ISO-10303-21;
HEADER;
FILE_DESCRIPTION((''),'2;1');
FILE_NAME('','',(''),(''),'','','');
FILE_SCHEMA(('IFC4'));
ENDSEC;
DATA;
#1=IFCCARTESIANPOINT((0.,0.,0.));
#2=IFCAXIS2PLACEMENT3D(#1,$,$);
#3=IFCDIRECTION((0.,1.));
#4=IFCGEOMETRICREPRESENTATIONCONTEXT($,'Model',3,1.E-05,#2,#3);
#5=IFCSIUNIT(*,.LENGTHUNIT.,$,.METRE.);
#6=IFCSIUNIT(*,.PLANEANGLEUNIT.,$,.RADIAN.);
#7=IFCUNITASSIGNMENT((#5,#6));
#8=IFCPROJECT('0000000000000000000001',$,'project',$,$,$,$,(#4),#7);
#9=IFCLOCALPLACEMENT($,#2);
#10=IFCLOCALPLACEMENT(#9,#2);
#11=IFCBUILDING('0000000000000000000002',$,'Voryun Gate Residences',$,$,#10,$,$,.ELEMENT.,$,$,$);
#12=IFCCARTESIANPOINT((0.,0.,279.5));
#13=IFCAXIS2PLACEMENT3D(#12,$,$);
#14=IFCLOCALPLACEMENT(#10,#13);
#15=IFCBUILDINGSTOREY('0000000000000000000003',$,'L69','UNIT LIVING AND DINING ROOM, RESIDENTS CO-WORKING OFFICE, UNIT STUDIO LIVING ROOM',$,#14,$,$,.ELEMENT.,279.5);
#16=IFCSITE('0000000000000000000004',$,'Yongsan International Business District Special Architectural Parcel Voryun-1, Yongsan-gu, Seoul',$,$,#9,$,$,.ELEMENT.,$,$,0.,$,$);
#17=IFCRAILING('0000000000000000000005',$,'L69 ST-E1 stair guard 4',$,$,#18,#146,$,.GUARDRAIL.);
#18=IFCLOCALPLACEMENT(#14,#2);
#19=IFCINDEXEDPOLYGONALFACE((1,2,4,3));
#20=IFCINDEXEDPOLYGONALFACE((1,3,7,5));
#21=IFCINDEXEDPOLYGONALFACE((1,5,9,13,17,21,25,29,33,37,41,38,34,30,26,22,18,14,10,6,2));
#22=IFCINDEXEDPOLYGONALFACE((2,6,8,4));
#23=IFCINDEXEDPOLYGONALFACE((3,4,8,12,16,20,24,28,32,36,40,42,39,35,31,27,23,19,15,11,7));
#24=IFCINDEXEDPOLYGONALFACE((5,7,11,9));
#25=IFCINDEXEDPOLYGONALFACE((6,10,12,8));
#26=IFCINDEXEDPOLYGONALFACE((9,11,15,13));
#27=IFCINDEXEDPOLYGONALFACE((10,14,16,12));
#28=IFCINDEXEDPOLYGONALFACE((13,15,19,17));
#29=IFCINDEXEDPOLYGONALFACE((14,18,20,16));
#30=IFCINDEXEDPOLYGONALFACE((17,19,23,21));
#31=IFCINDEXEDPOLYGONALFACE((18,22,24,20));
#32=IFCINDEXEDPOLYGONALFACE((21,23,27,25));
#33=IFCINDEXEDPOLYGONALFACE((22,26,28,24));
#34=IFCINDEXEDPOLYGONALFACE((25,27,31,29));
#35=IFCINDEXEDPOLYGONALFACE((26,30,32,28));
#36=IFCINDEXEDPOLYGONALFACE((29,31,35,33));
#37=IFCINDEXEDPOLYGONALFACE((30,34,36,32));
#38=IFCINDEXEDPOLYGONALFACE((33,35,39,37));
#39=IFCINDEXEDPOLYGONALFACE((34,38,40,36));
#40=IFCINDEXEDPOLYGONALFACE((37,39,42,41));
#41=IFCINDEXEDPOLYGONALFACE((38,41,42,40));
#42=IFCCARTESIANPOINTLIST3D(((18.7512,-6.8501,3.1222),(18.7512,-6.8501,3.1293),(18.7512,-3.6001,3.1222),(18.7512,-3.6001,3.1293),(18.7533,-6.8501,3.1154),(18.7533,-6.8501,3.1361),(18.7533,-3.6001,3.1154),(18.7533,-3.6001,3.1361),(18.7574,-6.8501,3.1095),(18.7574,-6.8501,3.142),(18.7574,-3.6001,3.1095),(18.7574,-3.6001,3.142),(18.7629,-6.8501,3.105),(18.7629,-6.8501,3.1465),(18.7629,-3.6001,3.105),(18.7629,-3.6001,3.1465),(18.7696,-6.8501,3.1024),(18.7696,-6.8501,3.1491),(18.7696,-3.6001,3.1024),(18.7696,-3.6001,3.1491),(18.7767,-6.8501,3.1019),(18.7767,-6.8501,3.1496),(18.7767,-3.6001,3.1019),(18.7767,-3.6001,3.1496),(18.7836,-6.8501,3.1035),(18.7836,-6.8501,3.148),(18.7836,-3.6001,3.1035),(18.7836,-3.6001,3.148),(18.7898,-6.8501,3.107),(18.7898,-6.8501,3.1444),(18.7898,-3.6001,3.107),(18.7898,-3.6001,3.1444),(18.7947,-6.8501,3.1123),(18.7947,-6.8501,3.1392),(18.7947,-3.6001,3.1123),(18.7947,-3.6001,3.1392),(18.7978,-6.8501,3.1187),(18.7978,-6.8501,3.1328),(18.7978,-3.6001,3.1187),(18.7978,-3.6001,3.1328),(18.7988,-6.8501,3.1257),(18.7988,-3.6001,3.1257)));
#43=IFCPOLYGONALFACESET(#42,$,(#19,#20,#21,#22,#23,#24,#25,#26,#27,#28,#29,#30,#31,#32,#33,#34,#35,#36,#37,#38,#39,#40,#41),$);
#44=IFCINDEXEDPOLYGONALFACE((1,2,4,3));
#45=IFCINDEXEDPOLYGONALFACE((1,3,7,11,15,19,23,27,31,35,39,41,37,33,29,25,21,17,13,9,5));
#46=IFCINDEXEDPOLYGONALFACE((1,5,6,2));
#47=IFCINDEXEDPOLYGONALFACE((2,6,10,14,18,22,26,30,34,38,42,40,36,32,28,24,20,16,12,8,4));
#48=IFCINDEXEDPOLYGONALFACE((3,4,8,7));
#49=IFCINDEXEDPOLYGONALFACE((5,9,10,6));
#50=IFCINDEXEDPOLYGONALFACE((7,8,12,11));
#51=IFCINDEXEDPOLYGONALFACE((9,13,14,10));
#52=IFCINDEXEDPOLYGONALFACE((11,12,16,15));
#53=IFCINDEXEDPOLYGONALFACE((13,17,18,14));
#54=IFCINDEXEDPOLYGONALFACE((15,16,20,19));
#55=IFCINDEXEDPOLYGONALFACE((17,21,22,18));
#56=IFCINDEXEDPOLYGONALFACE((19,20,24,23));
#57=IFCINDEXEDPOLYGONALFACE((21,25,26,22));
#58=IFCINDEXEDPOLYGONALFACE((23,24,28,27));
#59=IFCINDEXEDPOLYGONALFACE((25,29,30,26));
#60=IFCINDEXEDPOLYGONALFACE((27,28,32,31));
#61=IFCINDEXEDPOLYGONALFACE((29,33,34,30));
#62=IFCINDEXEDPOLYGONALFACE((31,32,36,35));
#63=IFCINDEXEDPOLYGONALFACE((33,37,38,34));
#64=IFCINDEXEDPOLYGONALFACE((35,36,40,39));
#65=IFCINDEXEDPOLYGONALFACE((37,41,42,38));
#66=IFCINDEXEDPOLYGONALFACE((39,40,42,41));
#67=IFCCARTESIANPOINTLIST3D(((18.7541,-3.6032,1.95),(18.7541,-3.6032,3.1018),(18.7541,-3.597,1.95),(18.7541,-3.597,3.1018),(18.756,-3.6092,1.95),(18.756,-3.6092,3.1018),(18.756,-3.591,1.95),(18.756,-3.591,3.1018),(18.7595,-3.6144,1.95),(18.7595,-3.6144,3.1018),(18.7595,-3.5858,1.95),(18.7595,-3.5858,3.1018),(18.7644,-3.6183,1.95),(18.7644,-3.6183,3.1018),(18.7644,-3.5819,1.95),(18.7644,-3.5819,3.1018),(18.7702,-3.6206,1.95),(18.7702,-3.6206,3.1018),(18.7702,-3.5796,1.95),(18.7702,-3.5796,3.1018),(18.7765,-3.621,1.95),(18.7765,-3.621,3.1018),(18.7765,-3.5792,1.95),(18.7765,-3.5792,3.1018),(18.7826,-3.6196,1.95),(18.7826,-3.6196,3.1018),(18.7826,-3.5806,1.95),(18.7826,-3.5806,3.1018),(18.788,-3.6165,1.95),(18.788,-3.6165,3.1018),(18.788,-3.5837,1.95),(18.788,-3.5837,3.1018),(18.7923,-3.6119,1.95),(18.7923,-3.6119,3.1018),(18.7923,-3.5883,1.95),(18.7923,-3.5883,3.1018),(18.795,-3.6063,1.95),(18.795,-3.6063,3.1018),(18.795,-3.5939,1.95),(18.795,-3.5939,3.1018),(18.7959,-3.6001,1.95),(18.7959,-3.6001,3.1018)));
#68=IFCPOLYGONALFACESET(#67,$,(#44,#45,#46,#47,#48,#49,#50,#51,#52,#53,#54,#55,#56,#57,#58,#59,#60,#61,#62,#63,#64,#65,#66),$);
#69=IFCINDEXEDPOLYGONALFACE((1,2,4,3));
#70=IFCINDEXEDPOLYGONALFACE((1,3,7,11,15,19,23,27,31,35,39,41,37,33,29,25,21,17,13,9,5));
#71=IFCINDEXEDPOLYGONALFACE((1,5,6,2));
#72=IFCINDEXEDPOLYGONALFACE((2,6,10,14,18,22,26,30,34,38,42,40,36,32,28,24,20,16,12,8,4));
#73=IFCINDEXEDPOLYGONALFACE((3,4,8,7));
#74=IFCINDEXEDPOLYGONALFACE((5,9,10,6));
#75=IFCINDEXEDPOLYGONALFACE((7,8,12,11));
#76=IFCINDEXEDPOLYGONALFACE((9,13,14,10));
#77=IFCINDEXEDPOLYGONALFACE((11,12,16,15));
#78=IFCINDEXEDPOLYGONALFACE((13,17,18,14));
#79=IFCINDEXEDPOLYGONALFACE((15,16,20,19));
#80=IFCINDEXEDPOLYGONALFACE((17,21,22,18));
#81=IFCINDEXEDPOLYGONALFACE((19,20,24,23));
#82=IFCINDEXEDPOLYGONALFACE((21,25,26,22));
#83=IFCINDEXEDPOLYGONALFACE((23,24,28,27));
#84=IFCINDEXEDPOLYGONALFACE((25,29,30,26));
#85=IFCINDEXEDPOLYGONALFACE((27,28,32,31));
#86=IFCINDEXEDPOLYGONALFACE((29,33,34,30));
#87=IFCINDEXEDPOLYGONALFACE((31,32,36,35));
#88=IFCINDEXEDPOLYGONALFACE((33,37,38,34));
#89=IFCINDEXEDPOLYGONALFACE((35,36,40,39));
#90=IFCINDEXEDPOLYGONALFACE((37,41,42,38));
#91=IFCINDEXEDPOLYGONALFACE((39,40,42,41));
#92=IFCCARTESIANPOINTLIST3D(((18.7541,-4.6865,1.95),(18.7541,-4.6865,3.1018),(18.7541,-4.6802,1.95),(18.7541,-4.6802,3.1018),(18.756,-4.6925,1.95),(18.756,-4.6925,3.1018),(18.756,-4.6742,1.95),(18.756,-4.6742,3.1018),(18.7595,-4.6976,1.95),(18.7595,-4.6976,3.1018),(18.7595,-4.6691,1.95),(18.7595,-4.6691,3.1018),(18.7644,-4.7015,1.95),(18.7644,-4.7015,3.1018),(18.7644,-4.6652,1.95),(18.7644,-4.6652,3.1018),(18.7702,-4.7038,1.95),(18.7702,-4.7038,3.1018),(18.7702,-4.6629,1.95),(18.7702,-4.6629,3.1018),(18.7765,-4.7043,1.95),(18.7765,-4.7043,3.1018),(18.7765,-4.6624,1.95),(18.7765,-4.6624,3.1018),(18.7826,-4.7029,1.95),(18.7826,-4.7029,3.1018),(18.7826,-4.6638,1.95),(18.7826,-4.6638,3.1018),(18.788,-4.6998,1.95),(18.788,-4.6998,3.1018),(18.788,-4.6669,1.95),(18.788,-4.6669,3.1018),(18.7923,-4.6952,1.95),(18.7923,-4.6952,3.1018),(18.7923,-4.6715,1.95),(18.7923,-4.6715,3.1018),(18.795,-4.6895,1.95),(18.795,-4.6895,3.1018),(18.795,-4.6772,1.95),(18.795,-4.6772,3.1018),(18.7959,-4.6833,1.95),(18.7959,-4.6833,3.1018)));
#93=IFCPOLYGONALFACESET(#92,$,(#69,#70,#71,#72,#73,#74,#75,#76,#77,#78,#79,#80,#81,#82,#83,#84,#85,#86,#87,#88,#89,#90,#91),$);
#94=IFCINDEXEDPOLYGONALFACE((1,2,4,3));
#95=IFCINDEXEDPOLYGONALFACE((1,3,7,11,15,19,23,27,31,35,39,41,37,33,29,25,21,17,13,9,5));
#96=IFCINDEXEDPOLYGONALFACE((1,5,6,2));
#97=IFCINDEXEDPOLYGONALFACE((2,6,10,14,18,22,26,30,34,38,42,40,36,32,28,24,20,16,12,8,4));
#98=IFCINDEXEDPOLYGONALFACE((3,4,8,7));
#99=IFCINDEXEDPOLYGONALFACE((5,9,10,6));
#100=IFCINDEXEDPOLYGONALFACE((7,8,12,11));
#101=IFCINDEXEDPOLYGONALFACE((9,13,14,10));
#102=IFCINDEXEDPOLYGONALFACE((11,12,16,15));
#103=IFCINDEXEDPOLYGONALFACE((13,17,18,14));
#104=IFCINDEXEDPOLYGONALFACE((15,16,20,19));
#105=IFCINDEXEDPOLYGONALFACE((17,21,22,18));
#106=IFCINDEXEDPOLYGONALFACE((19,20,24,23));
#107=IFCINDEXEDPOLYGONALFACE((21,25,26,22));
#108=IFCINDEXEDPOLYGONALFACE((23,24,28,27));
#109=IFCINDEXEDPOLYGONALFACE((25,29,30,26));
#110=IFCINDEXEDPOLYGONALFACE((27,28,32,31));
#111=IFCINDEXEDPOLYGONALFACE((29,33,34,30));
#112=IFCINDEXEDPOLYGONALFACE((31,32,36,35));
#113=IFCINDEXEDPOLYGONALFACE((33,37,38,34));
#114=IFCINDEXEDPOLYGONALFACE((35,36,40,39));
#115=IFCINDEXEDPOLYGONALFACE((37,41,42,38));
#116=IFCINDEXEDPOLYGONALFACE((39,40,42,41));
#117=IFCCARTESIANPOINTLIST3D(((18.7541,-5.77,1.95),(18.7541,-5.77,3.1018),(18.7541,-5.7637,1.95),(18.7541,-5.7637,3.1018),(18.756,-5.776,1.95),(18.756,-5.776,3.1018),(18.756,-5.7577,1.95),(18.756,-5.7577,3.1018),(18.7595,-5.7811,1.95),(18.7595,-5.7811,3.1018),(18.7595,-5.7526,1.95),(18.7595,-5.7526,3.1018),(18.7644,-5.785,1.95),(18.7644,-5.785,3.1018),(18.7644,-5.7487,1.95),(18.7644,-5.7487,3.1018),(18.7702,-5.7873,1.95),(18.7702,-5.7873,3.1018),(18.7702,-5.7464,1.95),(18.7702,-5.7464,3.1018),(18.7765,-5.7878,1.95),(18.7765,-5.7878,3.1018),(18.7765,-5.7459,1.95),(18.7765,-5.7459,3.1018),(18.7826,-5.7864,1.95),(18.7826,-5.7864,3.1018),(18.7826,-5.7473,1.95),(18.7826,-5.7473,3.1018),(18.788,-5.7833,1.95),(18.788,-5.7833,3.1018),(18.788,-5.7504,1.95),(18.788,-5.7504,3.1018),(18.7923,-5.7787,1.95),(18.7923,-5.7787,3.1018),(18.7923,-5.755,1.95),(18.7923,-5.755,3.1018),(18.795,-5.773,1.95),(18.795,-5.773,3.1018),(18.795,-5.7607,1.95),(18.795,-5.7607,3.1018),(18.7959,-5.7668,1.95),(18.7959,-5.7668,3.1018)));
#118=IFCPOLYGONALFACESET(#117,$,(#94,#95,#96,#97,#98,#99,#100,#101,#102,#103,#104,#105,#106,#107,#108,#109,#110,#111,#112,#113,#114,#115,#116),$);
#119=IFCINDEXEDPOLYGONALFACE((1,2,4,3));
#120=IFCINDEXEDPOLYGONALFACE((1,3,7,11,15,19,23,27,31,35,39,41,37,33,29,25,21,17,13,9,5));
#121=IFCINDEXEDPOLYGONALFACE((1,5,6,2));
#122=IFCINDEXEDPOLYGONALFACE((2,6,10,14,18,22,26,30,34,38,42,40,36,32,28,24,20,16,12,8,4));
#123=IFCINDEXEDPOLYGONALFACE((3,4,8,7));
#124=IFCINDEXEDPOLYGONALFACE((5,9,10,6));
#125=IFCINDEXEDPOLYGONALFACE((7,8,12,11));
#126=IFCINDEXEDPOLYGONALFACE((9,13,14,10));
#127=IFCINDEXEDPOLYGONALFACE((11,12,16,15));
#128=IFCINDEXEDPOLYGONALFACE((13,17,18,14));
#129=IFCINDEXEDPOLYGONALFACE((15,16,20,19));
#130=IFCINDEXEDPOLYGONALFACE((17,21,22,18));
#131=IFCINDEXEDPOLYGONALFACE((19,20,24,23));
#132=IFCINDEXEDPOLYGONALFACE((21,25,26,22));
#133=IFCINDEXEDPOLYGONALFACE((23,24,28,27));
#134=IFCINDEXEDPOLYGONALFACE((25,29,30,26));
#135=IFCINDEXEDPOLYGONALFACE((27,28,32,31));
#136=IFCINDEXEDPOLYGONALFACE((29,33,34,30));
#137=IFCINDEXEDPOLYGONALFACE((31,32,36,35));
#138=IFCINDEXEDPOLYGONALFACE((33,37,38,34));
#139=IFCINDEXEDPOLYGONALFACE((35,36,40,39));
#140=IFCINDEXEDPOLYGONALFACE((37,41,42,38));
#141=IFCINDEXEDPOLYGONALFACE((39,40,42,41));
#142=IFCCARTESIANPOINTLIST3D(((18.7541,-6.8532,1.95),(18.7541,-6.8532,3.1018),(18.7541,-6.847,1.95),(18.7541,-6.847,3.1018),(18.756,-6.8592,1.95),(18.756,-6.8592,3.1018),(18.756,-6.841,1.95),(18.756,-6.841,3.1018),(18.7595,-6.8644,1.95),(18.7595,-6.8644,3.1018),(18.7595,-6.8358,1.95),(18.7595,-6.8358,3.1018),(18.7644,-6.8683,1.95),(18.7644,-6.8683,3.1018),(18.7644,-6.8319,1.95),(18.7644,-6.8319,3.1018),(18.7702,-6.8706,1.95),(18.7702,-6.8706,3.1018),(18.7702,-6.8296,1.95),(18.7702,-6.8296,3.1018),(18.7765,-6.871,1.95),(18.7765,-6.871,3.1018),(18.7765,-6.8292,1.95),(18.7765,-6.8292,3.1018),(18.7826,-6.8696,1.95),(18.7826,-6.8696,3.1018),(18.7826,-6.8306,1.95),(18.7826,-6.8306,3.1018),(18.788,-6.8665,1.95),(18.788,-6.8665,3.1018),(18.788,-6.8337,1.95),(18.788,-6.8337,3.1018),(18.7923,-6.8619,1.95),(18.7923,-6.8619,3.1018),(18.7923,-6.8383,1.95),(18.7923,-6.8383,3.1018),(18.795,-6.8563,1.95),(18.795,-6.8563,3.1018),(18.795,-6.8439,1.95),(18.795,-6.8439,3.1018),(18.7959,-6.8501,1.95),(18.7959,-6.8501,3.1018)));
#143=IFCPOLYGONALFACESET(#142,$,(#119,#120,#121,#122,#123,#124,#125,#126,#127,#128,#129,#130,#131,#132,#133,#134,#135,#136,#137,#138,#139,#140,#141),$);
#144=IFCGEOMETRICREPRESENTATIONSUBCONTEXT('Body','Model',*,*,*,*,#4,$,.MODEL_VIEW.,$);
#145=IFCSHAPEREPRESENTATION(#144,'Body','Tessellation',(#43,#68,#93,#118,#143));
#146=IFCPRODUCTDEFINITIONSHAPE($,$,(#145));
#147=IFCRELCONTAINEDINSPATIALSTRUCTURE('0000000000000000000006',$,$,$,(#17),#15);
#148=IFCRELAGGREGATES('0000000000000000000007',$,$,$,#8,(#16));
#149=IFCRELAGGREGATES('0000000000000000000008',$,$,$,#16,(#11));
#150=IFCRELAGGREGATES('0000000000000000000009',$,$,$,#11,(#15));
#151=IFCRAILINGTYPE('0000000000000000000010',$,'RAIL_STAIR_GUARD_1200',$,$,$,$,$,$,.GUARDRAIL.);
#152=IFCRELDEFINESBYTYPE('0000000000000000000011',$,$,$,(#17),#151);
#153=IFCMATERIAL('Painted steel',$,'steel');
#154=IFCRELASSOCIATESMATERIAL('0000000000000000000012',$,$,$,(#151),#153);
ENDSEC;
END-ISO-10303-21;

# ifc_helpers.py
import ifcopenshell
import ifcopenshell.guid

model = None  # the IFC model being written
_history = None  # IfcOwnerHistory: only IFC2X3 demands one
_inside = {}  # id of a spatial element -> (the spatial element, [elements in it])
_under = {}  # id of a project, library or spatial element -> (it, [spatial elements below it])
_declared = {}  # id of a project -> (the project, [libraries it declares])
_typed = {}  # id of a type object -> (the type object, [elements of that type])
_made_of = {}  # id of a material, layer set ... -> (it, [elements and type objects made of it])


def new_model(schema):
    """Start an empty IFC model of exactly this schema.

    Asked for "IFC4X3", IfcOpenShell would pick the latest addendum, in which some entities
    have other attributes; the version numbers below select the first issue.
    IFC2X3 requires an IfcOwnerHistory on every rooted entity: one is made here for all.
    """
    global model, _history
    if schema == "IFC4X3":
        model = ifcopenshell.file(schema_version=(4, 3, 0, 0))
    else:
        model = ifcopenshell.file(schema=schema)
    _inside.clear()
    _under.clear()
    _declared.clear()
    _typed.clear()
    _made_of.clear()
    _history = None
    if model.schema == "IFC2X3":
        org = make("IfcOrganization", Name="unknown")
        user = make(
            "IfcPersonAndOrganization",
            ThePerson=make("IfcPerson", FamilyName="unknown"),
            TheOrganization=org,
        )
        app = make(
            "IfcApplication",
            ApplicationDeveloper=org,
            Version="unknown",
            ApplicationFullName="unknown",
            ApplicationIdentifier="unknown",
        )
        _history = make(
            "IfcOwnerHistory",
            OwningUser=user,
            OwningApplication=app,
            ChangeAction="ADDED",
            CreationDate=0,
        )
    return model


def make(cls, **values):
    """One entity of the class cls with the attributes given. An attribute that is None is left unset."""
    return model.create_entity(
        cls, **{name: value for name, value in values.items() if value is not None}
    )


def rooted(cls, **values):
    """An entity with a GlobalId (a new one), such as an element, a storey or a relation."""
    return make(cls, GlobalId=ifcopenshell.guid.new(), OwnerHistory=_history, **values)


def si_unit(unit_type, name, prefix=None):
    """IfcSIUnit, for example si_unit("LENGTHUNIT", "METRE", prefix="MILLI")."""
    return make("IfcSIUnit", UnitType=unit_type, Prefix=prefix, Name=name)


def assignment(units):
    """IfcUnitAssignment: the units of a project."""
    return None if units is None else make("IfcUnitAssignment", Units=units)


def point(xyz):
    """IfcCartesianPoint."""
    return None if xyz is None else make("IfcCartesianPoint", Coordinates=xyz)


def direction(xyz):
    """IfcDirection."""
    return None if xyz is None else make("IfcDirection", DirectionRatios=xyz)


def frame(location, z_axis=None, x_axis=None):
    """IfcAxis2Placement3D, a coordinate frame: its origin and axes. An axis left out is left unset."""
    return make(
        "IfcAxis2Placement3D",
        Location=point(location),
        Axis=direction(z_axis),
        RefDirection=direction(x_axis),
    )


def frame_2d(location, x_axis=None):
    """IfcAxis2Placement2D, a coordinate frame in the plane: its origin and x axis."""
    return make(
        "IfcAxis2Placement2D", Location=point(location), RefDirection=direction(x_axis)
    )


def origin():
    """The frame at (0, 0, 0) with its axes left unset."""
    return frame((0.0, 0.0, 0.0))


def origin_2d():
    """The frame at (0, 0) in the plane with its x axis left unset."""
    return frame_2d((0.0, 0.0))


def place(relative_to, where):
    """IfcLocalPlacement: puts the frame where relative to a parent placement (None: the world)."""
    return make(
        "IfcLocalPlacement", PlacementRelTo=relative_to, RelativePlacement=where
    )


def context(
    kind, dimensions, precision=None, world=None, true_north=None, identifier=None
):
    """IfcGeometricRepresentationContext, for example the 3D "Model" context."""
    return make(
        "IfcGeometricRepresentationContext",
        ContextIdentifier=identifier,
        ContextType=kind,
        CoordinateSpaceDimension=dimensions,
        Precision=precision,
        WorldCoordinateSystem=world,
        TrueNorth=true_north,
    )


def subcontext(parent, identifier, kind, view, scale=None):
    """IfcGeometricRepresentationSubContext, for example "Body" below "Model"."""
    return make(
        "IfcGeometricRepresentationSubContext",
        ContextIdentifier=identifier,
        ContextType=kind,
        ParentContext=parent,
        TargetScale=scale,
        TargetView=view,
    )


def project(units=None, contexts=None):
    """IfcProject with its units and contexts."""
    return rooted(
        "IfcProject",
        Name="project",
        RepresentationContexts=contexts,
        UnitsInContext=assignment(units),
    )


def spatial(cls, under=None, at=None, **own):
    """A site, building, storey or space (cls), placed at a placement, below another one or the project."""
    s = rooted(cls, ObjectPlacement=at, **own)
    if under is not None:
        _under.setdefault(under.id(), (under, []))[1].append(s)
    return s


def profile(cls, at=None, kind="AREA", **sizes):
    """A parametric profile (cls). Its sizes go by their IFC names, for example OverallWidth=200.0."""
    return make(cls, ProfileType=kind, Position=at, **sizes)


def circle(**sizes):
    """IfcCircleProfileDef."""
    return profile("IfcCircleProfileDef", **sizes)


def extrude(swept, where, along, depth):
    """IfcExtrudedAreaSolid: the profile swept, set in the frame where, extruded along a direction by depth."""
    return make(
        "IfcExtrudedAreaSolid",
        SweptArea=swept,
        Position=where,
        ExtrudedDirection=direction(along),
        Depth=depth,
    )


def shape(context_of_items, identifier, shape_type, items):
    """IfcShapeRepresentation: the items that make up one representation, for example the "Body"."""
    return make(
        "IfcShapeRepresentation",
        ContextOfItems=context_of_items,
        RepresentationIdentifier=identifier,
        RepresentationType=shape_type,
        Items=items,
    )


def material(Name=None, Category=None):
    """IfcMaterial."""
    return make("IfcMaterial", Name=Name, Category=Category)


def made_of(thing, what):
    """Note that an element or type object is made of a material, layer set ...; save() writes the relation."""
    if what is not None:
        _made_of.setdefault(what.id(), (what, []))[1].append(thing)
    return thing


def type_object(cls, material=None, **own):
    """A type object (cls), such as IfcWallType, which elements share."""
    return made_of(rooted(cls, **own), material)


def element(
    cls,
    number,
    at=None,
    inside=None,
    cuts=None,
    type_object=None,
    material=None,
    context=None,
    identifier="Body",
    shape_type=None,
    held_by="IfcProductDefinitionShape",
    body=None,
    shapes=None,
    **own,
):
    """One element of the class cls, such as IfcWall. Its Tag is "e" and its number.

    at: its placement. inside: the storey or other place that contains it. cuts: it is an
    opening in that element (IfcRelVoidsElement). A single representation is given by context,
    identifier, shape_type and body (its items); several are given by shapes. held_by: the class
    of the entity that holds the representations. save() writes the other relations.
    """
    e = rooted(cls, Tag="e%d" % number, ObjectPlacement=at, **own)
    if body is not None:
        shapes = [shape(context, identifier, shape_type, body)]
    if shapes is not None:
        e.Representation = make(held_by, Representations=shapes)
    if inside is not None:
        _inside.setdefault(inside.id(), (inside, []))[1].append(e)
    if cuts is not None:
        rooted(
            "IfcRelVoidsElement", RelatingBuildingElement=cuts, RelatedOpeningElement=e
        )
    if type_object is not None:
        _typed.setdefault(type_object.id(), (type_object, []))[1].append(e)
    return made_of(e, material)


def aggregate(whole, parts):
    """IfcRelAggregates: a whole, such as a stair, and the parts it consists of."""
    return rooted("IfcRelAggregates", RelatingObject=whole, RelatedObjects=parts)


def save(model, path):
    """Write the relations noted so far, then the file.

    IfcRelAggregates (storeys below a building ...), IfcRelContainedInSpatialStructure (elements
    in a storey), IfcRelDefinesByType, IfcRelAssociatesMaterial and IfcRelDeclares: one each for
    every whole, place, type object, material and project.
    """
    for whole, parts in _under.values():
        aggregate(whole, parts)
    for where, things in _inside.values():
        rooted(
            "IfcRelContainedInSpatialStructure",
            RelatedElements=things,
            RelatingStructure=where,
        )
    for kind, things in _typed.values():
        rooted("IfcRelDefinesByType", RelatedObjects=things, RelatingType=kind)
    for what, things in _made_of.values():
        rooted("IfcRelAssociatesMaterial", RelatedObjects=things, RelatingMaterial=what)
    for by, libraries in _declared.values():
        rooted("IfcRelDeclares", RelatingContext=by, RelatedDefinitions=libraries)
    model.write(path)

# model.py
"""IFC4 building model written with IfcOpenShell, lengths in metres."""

from ifc_helpers import new_model, si_unit, direction, frame, origin, origin_2d, place, context, subcontext, project, spatial, circle, extrude, material, type_object, element, save


model = new_model("IFC4")

# Units and contexts
model_context = context("Model", 3, precision=1e-05, world=origin(), true_north=direction((0.0, 1.0)))
body_context = subcontext(model_context, "Body", "Model", "MODEL_VIEW")
ifc_project = project(units=[si_unit("LENGTHUNIT", "METRE"), si_unit("PLANEANGLEUNIT", "RADIAN")], contexts=[model_context])

# Site, building, storey
site_placement = place(None, origin())
site = spatial("IfcSite", under=ifc_project, at=site_placement, Name="Yongsan International Business District Special Architectural Parcel Voryun-1, Yongsan-gu, Seoul", CompositionType="ELEMENT", RefElevation=0.0)
building_placement = place(site_placement, origin())
building = spatial("IfcBuilding", under=site, at=building_placement, Name="Voryun Gate Residences", CompositionType="ELEMENT")
storey_placement = place(building_placement, frame((0.0, 0.0, 279.5)))
storey = spatial("IfcBuildingStorey", under=building, at=storey_placement, Name="L69", Description="UNIT LIVING AND DINING ROOM, RESIDENTS CO-WORKING OFFICE, UNIT STUDIO LIVING ROOM", CompositionType="ELEMENT", Elevation=279.5)

# Railing
ifc_material_1 = material(Name="Painted steel", Category="steel")
railing_type_1 = type_object("IfcRailingType", Name="RAIL_STAIR_GUARD_1200", PredefinedType="GUARDRAIL", material=ifc_material_1)
for number, where, name in (
    (1, (18.7749, -3.6001, 1.95), "L69 ST-E1 stair guard 4"),
):
    element("IfcRailing", number, at=place(storey_placement, frame(where)), inside=storey, type_object=railing_type_1, Name=name, PredefinedType="GUARDRAIL", context=body_context, shape_type="SweptSolid", body=[
        extrude(circle(Radius=0.0239, at=origin_2d()), frame((0.0, 0.0, 1.1758), z_axis=(0.0, -1.0, 0.0), x_axis=(1.0, 0.0, 0.0)), (0.0, 0.0, 1.0), 3.25),
        extrude(circle(Radius=0.021, at=origin_2d()), origin(), (0.0, 0.0, 1.0), 1.1519),
        extrude(circle(Radius=0.021, at=origin_2d()), frame((0.0, -1.0833, 0.0)), (0.0, 0.0, 1.0), 1.1519),
        extrude(circle(Radius=0.021, at=origin_2d()), frame((0.0, -2.1667, 0.0)), (0.0, 0.0, 1.0), 1.1519),
        extrude(circle(Radius=0.021, at=origin_2d()), frame((0.0, -3.25, 0.0)), (0.0, 0.0, 1.0), 1.1519),
    ])

save(model, "model.ifc")
